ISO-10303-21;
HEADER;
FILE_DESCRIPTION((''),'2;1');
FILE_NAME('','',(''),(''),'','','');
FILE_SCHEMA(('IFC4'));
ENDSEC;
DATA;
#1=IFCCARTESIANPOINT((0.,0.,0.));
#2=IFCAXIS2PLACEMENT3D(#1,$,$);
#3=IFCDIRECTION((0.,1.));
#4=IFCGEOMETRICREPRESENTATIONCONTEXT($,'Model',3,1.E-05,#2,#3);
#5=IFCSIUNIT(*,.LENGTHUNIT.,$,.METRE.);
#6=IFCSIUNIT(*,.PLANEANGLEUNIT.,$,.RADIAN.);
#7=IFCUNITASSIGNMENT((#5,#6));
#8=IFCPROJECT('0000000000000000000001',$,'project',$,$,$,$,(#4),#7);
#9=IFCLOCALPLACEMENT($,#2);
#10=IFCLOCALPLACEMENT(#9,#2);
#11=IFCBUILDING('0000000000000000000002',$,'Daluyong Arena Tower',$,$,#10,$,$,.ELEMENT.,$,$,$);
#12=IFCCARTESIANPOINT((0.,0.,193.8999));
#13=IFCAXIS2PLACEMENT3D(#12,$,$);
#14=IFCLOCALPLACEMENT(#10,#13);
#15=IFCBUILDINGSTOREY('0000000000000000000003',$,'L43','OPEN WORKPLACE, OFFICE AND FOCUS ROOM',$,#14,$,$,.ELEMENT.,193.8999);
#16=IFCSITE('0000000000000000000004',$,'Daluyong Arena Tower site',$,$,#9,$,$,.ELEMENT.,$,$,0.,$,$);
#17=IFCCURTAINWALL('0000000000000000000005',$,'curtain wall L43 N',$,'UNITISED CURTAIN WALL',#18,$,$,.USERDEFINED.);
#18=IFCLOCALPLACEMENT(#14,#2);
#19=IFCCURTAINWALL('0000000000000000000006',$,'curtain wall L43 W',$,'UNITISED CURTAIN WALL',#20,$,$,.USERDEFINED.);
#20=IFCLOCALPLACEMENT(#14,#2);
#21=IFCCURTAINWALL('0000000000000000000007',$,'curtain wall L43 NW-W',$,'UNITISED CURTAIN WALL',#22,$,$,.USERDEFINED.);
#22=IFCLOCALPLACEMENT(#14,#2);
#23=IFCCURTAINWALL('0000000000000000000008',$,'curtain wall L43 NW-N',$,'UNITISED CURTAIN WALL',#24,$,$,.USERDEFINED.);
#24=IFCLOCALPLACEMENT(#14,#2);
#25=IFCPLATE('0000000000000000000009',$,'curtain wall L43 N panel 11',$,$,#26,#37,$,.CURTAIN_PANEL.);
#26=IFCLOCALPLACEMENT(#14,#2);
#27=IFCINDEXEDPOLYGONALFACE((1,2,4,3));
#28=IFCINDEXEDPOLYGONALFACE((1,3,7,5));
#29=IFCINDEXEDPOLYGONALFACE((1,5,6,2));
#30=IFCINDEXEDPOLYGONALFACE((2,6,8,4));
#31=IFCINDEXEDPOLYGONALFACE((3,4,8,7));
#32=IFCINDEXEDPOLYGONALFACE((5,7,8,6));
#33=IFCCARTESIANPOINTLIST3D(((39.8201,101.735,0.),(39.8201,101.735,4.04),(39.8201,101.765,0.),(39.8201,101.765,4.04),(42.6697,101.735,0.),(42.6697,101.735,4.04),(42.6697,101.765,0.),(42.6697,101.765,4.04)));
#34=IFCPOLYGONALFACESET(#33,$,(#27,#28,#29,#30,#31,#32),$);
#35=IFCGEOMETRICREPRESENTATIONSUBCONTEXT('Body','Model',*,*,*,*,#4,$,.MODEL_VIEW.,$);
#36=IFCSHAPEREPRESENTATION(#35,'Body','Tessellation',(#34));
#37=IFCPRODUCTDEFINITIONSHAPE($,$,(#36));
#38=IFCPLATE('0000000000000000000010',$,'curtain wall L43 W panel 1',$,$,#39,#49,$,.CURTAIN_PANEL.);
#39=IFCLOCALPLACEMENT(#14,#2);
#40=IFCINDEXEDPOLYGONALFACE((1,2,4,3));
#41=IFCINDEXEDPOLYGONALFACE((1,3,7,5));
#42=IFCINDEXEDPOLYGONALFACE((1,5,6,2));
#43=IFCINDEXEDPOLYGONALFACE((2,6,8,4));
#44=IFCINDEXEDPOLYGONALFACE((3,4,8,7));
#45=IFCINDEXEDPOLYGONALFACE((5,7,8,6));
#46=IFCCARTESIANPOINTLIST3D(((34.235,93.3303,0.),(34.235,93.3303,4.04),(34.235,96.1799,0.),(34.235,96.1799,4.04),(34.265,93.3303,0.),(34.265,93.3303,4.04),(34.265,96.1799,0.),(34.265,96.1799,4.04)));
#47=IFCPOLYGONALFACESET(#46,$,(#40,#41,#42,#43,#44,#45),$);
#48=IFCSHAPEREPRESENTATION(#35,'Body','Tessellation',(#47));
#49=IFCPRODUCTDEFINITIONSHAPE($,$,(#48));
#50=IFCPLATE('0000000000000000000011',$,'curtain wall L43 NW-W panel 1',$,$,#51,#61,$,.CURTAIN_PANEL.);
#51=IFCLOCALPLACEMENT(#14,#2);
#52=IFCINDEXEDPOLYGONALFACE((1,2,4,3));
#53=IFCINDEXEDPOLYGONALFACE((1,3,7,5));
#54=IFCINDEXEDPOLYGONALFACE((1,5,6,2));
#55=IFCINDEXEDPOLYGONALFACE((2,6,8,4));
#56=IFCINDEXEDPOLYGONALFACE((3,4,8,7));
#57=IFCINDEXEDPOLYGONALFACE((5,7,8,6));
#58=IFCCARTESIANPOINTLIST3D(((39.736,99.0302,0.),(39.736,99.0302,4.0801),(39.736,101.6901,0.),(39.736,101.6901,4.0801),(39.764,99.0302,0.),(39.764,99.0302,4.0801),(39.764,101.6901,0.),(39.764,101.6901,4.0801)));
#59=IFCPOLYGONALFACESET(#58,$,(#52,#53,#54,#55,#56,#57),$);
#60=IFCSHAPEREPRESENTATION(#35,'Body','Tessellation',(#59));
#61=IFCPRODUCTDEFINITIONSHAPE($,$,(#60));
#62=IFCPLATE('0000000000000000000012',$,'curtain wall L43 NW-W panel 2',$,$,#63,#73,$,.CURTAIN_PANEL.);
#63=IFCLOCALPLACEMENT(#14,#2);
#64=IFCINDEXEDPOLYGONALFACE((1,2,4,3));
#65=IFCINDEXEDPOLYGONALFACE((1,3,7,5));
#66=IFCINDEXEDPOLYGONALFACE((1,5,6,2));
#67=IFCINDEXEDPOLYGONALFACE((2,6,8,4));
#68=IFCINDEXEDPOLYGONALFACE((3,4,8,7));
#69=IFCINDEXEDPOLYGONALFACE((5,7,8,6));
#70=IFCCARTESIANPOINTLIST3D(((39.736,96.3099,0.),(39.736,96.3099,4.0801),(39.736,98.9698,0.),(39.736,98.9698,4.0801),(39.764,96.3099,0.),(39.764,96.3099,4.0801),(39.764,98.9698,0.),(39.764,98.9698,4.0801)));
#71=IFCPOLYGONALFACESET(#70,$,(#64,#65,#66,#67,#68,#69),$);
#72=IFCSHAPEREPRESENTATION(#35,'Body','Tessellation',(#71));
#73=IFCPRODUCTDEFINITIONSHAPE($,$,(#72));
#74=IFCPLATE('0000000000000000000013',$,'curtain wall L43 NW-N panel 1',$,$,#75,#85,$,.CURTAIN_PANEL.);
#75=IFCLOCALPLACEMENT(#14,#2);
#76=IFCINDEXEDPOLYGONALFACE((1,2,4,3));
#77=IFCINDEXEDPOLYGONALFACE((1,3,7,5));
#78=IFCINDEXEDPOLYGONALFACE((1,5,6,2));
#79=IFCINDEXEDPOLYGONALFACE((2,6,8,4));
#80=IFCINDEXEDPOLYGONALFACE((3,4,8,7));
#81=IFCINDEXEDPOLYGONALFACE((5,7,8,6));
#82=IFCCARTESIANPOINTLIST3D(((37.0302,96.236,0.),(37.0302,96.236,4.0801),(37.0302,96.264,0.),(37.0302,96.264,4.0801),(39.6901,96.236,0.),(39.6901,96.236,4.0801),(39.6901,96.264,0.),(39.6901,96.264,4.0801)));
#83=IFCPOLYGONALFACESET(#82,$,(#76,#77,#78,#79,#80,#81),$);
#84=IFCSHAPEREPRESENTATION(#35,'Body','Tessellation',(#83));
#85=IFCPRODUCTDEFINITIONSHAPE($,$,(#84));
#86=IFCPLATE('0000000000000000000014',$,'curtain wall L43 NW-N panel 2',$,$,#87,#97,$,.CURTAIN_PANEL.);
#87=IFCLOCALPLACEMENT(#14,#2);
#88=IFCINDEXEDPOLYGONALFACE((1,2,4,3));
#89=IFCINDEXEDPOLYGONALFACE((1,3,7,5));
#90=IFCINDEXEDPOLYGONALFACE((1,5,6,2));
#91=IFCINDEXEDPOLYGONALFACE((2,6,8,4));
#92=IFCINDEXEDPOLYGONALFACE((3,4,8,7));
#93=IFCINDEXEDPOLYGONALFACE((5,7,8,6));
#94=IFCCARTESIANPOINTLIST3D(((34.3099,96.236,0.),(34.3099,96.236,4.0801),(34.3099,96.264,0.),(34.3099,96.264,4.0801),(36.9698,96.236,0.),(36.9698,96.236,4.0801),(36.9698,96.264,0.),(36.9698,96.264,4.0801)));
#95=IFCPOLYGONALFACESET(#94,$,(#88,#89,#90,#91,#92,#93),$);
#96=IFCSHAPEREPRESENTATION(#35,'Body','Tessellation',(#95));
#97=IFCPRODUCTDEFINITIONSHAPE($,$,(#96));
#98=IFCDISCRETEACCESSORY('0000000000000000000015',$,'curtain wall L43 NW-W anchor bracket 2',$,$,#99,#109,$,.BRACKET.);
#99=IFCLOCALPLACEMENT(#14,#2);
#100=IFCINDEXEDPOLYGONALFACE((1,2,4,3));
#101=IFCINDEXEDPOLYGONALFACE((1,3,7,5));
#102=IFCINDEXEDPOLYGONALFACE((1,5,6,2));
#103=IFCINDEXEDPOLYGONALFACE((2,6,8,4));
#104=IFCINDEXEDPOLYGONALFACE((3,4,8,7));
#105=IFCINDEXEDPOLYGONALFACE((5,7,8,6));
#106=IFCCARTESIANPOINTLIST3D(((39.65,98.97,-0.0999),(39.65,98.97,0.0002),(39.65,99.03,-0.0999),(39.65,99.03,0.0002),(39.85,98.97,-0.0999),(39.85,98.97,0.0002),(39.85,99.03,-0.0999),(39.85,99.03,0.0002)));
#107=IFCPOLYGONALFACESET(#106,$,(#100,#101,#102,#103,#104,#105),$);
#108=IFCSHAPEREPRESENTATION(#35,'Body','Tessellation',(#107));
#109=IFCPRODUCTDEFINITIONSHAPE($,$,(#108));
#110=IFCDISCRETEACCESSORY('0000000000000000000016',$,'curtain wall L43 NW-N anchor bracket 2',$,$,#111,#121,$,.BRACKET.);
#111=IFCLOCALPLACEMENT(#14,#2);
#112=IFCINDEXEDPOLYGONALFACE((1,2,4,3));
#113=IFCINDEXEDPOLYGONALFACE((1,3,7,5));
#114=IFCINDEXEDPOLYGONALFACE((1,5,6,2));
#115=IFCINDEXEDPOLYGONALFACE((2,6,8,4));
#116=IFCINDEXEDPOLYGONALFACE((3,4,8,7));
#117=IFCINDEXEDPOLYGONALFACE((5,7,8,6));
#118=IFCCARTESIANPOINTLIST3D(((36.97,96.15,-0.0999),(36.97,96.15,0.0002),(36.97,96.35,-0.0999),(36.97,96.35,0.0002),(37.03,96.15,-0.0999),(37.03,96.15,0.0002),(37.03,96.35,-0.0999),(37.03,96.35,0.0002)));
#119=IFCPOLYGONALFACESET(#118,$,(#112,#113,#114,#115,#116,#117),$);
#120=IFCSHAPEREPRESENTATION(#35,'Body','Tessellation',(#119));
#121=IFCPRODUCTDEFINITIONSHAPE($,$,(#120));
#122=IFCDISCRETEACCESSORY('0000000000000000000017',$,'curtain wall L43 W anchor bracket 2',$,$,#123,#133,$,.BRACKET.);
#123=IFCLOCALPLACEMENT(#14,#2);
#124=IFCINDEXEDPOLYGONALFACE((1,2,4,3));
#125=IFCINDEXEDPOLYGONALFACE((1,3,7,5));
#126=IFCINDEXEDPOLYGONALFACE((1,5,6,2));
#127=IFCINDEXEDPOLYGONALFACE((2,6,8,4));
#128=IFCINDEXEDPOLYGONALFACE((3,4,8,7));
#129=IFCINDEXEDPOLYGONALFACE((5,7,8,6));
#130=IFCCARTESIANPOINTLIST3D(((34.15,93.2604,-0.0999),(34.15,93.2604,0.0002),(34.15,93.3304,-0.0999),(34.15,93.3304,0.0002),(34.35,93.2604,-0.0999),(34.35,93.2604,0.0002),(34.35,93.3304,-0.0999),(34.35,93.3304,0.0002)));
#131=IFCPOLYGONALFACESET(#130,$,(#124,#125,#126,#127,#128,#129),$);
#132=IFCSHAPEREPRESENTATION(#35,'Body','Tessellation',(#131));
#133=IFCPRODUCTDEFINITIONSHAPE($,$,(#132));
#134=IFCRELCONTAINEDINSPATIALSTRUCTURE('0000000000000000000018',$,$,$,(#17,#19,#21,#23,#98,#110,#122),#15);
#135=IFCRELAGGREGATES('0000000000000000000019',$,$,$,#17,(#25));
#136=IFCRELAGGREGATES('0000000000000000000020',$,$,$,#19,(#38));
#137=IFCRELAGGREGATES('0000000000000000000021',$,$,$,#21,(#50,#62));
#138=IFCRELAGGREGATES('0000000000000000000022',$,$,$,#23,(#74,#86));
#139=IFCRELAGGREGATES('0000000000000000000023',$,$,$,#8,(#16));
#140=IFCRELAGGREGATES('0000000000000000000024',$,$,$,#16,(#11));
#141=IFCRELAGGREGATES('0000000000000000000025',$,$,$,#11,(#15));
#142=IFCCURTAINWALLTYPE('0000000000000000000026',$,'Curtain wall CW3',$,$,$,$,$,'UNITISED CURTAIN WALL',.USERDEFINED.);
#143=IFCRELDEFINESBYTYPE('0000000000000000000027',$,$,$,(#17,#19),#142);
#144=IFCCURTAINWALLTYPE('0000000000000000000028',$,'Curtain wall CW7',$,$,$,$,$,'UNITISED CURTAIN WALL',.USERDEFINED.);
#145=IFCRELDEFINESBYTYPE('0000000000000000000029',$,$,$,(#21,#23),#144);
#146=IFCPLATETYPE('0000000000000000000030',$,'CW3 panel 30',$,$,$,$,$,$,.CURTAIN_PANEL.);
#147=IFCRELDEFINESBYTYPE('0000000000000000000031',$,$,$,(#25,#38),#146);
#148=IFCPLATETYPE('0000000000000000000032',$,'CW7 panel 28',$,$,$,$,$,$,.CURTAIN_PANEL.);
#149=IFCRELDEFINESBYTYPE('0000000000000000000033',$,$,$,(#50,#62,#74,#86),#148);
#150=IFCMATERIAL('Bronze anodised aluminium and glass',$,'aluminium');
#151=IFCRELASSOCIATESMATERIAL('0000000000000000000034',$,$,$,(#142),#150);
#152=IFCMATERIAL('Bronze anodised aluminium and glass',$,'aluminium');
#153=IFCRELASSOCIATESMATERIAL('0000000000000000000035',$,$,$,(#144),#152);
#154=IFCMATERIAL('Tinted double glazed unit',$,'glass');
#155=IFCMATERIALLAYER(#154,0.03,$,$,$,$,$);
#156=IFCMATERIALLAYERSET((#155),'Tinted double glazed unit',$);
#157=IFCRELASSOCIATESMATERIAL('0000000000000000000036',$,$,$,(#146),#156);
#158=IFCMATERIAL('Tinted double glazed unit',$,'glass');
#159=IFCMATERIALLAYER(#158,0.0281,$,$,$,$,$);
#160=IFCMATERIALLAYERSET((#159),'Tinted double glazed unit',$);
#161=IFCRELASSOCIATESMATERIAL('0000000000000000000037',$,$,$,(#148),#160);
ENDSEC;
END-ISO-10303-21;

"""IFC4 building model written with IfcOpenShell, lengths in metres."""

from ifc_helpers import new_model, si_unit, direction, frame, origin, origin_2d, place, context, subcontext, project, spatial, rectangle, extrude, material, layer, layer_set, type_object, element, aggregate, save


model = new_model("IFC4")

# Units and contexts
model_context = context("Model", 3, precision=1e-05, world=origin(), true_north=direction((0.0, 1.0)))
body_context = subcontext(model_context, "Body", "Model", "MODEL_VIEW")
ifc_project = project(units=[si_unit("LENGTHUNIT", "METRE"), si_unit("PLANEANGLEUNIT", "RADIAN")], contexts=[model_context])

# Site, building, storey
site_placement = place(None, origin())
site = spatial("IfcSite", under=ifc_project, at=site_placement, Name="Daluyong Arena Tower site", CompositionType="ELEMENT", RefElevation=0.0)
building_placement = place(site_placement, origin())
building = spatial("IfcBuilding", under=site, at=building_placement, Name="Daluyong Arena Tower", CompositionType="ELEMENT")
storey_placement = place(building_placement, frame((0.0, 0.0, 193.8999)))
storey = spatial("IfcBuildingStorey", under=building, at=storey_placement, Name="L43", Description="OPEN WORKPLACE, OFFICE AND FOCUS ROOM", CompositionType="ELEMENT", Elevation=193.8999)

# Curtain walls
ifc_material_1 = material(Name="Bronze anodised aluminium and glass", Category="aluminium")
curtain_wall_type_1 = type_object("IfcCurtainWallType", Name="Curtain wall CW3", ElementType="UNITISED CURTAIN WALL", PredefinedType="USERDEFINED", material=ifc_material_1)
curtain_wall_1_placement = place(storey_placement, origin())
curtain_wall_1 = element("IfcCurtainWall", 1, at=curtain_wall_1_placement, inside=storey, type_object=curtain_wall_type_1, Name="curtain wall L43 N", ObjectType="UNITISED CURTAIN WALL", PredefinedType="USERDEFINED")
curtain_wall_2_placement = place(storey_placement, origin())
curtain_wall_2 = element("IfcCurtainWall", 2, at=curtain_wall_2_placement, inside=storey, type_object=curtain_wall_type_1, Name="curtain wall L43 W", ObjectType="UNITISED CURTAIN WALL", PredefinedType="USERDEFINED")

# Curtain walls
ifc_material_2 = material(Name="Bronze anodised aluminium and glass", Category="aluminium")
curtain_wall_type_2 = type_object("IfcCurtainWallType", Name="Curtain wall CW7", ElementType="UNITISED CURTAIN WALL", PredefinedType="USERDEFINED", material=ifc_material_2)
curtain_wall_3_placement = place(storey_placement, origin())
curtain_wall_3 = element("IfcCurtainWall", 3, at=curtain_wall_3_placement, inside=storey, type_object=curtain_wall_type_2, Name="curtain wall L43 NW-W", ObjectType="UNITISED CURTAIN WALL", PredefinedType="USERDEFINED")
curtain_wall_4_placement = place(storey_placement, origin())
curtain_wall_4 = element("IfcCurtainWall", 4, at=curtain_wall_4_placement, inside=storey, type_object=curtain_wall_type_2, Name="curtain wall L43 NW-N", ObjectType="UNITISED CURTAIN WALL", PredefinedType="USERDEFINED")

# Plates
ifc_material_3 = material(Name="Tinted double glazed unit", Category="glass")
ifc_layer_1 = layer(ifc_material_3, 0.03)
ifc_layer_set_1 = layer_set([ifc_layer_1], Name="Tinted double glazed unit")
plate_type_1 = type_object("IfcPlateType", Name="CW3 panel 30", PredefinedType="CURTAIN_PANEL", material=ifc_layer_set_1)
plate_1_placement = place(storey_placement, frame((41.2449, 101.75, 0.0), z_axis=(0.0, 0.0, 1.0), x_axis=(-1.0, 0.0, 0.0)))
plate_1 = element("IfcPlate", 5, at=plate_1_placement, type_object=plate_type_1, Name="curtain wall L43 N panel 11", PredefinedType="CURTAIN_PANEL", context=body_context, shape_type="SweptSolid", body=[
    extrude(rectangle(XDim=2.8496, YDim=0.03, at=origin_2d()), origin(), (0.0, 0.0, 1.0), 4.04),
])
aggregate(curtain_wall_1, [plate_1])
plate_2_placement = place(storey_placement, frame((34.25, 94.7551, 0.0), z_axis=(0.0, 0.0, 1.0), x_axis=(0.0, -1.0, 0.0)))
plate_2 = element("IfcPlate", 6, at=plate_2_placement, type_object=plate_type_1, Name="curtain wall L43 W panel 1", PredefinedType="CURTAIN_PANEL", context=body_context, shape_type="SweptSolid", body=[
    extrude(rectangle(XDim=2.8496, YDim=0.03, at=origin_2d()), origin(), (0.0, 0.0, 1.0), 4.04),
])
aggregate(curtain_wall_2, [plate_2])
ifc_material_4 = material(Name="Tinted double glazed unit", Category="glass")
ifc_layer_2 = layer(ifc_material_4, 0.0281)
ifc_layer_set_2 = layer_set([ifc_layer_2], Name="Tinted double glazed unit")
plate_type_2 = type_object("IfcPlateType", Name="CW7 panel 28", PredefinedType="CURTAIN_PANEL", material=ifc_layer_set_2)
plate_3_placement = place(storey_placement, frame((39.75, 100.3601, 0.0), z_axis=(0.0, 0.0, 1.0), x_axis=(0.0, -1.0, 0.0)))
plate_3 = element("IfcPlate", 7, at=plate_3_placement, type_object=plate_type_2, Name="curtain wall L43 NW-W panel 1", PredefinedType="CURTAIN_PANEL", context=body_context, shape_type="SweptSolid", body=[
    extrude(rectangle(XDim=2.6599, YDim=0.0281, at=origin_2d()), origin(), (0.0, 0.0, 1.0), 4.0801),
])
plate_4_placement = place(storey_placement, frame((39.75, 97.6399, 0.0), z_axis=(0.0, 0.0, 1.0), x_axis=(0.0, -1.0, 0.0)))
plate_4 = element("IfcPlate", 8, at=plate_4_placement, type_object=plate_type_2, Name="curtain wall L43 NW-W panel 2", PredefinedType="CURTAIN_PANEL", context=body_context, shape_type="SweptSolid", body=[
    extrude(rectangle(XDim=2.6599, YDim=0.0281, at=origin_2d()), origin(), (0.0, 0.0, 1.0), 4.0801),
])
aggregate(curtain_wall_3, [plate_3, plate_4])
plate_5_placement = place(storey_placement, frame((38.3601, 96.25, 0.0), z_axis=(0.0, 0.0, 1.0), x_axis=(-1.0, 0.0, 0.0)))
plate_5 = element("IfcPlate", 9, at=plate_5_placement, type_object=plate_type_2, Name="curtain wall L43 NW-N panel 1", PredefinedType="CURTAIN_PANEL", context=body_context, shape_type="SweptSolid", body=[
    extrude(rectangle(XDim=2.6599, YDim=0.0281, at=origin_2d()), origin(), (0.0, 0.0, 1.0), 4.0801),
])
plate_6_placement = place(storey_placement, frame((35.6399, 96.25, 0.0), z_axis=(0.0, 0.0, 1.0), x_axis=(-1.0, 0.0, 0.0)))
plate_6 = element("IfcPlate", 10, at=plate_6_placement, type_object=plate_type_2, Name="curtain wall L43 NW-N panel 2", PredefinedType="CURTAIN_PANEL", context=body_context, shape_type="SweptSolid", body=[
    extrude(rectangle(XDim=2.6599, YDim=0.0281, at=origin_2d()), origin(), (0.0, 0.0, 1.0), 4.0801),
])
aggregate(curtain_wall_4, [plate_5, plate_6])

# Discrete accessories
for number, where, z_axis, x_axis, name in (
    (11, (39.75, 99.0, -0.0999), (0.0, 0.0, 1.0), (0.0, -1.0, 0.0), "curtain wall L43 NW-W anchor bracket 2"),
    (12, (37.0, 96.25, -0.0999), (0.0, 0.0, 1.0), (-1.0, 0.0, 0.0), "curtain wall L43 NW-N anchor bracket 2"),
):
    element("IfcDiscreteAccessory", number, at=place(storey_placement, frame(where, z_axis=z_axis, x_axis=x_axis)), inside=storey, Name=name, PredefinedType="BRACKET", context=body_context, shape_type="SweptSolid", body=[
        extrude(rectangle(XDim=0.0601, YDim=0.2, at=origin_2d()), origin(), (0.0, 0.0, 1.0), 0.1001),
    ])
discrete_accessory_placement = place(storey_placement, frame((34.25, 93.2954, -0.0999), z_axis=(0.0, 0.0, 1.0), x_axis=(0.0, -1.0, 0.0)))
element("IfcDiscreteAccessory", 13, at=discrete_accessory_placement, inside=storey, Name="curtain wall L43 W anchor bracket 2", PredefinedType="BRACKET", context=body_context, shape_type="SweptSolid", body=[
    extrude(rectangle(XDim=0.0701, YDim=0.2, at=origin_2d()), origin(), (0.0, 0.0, 1.0), 0.1001),
])

save(model, "model.ifc")
